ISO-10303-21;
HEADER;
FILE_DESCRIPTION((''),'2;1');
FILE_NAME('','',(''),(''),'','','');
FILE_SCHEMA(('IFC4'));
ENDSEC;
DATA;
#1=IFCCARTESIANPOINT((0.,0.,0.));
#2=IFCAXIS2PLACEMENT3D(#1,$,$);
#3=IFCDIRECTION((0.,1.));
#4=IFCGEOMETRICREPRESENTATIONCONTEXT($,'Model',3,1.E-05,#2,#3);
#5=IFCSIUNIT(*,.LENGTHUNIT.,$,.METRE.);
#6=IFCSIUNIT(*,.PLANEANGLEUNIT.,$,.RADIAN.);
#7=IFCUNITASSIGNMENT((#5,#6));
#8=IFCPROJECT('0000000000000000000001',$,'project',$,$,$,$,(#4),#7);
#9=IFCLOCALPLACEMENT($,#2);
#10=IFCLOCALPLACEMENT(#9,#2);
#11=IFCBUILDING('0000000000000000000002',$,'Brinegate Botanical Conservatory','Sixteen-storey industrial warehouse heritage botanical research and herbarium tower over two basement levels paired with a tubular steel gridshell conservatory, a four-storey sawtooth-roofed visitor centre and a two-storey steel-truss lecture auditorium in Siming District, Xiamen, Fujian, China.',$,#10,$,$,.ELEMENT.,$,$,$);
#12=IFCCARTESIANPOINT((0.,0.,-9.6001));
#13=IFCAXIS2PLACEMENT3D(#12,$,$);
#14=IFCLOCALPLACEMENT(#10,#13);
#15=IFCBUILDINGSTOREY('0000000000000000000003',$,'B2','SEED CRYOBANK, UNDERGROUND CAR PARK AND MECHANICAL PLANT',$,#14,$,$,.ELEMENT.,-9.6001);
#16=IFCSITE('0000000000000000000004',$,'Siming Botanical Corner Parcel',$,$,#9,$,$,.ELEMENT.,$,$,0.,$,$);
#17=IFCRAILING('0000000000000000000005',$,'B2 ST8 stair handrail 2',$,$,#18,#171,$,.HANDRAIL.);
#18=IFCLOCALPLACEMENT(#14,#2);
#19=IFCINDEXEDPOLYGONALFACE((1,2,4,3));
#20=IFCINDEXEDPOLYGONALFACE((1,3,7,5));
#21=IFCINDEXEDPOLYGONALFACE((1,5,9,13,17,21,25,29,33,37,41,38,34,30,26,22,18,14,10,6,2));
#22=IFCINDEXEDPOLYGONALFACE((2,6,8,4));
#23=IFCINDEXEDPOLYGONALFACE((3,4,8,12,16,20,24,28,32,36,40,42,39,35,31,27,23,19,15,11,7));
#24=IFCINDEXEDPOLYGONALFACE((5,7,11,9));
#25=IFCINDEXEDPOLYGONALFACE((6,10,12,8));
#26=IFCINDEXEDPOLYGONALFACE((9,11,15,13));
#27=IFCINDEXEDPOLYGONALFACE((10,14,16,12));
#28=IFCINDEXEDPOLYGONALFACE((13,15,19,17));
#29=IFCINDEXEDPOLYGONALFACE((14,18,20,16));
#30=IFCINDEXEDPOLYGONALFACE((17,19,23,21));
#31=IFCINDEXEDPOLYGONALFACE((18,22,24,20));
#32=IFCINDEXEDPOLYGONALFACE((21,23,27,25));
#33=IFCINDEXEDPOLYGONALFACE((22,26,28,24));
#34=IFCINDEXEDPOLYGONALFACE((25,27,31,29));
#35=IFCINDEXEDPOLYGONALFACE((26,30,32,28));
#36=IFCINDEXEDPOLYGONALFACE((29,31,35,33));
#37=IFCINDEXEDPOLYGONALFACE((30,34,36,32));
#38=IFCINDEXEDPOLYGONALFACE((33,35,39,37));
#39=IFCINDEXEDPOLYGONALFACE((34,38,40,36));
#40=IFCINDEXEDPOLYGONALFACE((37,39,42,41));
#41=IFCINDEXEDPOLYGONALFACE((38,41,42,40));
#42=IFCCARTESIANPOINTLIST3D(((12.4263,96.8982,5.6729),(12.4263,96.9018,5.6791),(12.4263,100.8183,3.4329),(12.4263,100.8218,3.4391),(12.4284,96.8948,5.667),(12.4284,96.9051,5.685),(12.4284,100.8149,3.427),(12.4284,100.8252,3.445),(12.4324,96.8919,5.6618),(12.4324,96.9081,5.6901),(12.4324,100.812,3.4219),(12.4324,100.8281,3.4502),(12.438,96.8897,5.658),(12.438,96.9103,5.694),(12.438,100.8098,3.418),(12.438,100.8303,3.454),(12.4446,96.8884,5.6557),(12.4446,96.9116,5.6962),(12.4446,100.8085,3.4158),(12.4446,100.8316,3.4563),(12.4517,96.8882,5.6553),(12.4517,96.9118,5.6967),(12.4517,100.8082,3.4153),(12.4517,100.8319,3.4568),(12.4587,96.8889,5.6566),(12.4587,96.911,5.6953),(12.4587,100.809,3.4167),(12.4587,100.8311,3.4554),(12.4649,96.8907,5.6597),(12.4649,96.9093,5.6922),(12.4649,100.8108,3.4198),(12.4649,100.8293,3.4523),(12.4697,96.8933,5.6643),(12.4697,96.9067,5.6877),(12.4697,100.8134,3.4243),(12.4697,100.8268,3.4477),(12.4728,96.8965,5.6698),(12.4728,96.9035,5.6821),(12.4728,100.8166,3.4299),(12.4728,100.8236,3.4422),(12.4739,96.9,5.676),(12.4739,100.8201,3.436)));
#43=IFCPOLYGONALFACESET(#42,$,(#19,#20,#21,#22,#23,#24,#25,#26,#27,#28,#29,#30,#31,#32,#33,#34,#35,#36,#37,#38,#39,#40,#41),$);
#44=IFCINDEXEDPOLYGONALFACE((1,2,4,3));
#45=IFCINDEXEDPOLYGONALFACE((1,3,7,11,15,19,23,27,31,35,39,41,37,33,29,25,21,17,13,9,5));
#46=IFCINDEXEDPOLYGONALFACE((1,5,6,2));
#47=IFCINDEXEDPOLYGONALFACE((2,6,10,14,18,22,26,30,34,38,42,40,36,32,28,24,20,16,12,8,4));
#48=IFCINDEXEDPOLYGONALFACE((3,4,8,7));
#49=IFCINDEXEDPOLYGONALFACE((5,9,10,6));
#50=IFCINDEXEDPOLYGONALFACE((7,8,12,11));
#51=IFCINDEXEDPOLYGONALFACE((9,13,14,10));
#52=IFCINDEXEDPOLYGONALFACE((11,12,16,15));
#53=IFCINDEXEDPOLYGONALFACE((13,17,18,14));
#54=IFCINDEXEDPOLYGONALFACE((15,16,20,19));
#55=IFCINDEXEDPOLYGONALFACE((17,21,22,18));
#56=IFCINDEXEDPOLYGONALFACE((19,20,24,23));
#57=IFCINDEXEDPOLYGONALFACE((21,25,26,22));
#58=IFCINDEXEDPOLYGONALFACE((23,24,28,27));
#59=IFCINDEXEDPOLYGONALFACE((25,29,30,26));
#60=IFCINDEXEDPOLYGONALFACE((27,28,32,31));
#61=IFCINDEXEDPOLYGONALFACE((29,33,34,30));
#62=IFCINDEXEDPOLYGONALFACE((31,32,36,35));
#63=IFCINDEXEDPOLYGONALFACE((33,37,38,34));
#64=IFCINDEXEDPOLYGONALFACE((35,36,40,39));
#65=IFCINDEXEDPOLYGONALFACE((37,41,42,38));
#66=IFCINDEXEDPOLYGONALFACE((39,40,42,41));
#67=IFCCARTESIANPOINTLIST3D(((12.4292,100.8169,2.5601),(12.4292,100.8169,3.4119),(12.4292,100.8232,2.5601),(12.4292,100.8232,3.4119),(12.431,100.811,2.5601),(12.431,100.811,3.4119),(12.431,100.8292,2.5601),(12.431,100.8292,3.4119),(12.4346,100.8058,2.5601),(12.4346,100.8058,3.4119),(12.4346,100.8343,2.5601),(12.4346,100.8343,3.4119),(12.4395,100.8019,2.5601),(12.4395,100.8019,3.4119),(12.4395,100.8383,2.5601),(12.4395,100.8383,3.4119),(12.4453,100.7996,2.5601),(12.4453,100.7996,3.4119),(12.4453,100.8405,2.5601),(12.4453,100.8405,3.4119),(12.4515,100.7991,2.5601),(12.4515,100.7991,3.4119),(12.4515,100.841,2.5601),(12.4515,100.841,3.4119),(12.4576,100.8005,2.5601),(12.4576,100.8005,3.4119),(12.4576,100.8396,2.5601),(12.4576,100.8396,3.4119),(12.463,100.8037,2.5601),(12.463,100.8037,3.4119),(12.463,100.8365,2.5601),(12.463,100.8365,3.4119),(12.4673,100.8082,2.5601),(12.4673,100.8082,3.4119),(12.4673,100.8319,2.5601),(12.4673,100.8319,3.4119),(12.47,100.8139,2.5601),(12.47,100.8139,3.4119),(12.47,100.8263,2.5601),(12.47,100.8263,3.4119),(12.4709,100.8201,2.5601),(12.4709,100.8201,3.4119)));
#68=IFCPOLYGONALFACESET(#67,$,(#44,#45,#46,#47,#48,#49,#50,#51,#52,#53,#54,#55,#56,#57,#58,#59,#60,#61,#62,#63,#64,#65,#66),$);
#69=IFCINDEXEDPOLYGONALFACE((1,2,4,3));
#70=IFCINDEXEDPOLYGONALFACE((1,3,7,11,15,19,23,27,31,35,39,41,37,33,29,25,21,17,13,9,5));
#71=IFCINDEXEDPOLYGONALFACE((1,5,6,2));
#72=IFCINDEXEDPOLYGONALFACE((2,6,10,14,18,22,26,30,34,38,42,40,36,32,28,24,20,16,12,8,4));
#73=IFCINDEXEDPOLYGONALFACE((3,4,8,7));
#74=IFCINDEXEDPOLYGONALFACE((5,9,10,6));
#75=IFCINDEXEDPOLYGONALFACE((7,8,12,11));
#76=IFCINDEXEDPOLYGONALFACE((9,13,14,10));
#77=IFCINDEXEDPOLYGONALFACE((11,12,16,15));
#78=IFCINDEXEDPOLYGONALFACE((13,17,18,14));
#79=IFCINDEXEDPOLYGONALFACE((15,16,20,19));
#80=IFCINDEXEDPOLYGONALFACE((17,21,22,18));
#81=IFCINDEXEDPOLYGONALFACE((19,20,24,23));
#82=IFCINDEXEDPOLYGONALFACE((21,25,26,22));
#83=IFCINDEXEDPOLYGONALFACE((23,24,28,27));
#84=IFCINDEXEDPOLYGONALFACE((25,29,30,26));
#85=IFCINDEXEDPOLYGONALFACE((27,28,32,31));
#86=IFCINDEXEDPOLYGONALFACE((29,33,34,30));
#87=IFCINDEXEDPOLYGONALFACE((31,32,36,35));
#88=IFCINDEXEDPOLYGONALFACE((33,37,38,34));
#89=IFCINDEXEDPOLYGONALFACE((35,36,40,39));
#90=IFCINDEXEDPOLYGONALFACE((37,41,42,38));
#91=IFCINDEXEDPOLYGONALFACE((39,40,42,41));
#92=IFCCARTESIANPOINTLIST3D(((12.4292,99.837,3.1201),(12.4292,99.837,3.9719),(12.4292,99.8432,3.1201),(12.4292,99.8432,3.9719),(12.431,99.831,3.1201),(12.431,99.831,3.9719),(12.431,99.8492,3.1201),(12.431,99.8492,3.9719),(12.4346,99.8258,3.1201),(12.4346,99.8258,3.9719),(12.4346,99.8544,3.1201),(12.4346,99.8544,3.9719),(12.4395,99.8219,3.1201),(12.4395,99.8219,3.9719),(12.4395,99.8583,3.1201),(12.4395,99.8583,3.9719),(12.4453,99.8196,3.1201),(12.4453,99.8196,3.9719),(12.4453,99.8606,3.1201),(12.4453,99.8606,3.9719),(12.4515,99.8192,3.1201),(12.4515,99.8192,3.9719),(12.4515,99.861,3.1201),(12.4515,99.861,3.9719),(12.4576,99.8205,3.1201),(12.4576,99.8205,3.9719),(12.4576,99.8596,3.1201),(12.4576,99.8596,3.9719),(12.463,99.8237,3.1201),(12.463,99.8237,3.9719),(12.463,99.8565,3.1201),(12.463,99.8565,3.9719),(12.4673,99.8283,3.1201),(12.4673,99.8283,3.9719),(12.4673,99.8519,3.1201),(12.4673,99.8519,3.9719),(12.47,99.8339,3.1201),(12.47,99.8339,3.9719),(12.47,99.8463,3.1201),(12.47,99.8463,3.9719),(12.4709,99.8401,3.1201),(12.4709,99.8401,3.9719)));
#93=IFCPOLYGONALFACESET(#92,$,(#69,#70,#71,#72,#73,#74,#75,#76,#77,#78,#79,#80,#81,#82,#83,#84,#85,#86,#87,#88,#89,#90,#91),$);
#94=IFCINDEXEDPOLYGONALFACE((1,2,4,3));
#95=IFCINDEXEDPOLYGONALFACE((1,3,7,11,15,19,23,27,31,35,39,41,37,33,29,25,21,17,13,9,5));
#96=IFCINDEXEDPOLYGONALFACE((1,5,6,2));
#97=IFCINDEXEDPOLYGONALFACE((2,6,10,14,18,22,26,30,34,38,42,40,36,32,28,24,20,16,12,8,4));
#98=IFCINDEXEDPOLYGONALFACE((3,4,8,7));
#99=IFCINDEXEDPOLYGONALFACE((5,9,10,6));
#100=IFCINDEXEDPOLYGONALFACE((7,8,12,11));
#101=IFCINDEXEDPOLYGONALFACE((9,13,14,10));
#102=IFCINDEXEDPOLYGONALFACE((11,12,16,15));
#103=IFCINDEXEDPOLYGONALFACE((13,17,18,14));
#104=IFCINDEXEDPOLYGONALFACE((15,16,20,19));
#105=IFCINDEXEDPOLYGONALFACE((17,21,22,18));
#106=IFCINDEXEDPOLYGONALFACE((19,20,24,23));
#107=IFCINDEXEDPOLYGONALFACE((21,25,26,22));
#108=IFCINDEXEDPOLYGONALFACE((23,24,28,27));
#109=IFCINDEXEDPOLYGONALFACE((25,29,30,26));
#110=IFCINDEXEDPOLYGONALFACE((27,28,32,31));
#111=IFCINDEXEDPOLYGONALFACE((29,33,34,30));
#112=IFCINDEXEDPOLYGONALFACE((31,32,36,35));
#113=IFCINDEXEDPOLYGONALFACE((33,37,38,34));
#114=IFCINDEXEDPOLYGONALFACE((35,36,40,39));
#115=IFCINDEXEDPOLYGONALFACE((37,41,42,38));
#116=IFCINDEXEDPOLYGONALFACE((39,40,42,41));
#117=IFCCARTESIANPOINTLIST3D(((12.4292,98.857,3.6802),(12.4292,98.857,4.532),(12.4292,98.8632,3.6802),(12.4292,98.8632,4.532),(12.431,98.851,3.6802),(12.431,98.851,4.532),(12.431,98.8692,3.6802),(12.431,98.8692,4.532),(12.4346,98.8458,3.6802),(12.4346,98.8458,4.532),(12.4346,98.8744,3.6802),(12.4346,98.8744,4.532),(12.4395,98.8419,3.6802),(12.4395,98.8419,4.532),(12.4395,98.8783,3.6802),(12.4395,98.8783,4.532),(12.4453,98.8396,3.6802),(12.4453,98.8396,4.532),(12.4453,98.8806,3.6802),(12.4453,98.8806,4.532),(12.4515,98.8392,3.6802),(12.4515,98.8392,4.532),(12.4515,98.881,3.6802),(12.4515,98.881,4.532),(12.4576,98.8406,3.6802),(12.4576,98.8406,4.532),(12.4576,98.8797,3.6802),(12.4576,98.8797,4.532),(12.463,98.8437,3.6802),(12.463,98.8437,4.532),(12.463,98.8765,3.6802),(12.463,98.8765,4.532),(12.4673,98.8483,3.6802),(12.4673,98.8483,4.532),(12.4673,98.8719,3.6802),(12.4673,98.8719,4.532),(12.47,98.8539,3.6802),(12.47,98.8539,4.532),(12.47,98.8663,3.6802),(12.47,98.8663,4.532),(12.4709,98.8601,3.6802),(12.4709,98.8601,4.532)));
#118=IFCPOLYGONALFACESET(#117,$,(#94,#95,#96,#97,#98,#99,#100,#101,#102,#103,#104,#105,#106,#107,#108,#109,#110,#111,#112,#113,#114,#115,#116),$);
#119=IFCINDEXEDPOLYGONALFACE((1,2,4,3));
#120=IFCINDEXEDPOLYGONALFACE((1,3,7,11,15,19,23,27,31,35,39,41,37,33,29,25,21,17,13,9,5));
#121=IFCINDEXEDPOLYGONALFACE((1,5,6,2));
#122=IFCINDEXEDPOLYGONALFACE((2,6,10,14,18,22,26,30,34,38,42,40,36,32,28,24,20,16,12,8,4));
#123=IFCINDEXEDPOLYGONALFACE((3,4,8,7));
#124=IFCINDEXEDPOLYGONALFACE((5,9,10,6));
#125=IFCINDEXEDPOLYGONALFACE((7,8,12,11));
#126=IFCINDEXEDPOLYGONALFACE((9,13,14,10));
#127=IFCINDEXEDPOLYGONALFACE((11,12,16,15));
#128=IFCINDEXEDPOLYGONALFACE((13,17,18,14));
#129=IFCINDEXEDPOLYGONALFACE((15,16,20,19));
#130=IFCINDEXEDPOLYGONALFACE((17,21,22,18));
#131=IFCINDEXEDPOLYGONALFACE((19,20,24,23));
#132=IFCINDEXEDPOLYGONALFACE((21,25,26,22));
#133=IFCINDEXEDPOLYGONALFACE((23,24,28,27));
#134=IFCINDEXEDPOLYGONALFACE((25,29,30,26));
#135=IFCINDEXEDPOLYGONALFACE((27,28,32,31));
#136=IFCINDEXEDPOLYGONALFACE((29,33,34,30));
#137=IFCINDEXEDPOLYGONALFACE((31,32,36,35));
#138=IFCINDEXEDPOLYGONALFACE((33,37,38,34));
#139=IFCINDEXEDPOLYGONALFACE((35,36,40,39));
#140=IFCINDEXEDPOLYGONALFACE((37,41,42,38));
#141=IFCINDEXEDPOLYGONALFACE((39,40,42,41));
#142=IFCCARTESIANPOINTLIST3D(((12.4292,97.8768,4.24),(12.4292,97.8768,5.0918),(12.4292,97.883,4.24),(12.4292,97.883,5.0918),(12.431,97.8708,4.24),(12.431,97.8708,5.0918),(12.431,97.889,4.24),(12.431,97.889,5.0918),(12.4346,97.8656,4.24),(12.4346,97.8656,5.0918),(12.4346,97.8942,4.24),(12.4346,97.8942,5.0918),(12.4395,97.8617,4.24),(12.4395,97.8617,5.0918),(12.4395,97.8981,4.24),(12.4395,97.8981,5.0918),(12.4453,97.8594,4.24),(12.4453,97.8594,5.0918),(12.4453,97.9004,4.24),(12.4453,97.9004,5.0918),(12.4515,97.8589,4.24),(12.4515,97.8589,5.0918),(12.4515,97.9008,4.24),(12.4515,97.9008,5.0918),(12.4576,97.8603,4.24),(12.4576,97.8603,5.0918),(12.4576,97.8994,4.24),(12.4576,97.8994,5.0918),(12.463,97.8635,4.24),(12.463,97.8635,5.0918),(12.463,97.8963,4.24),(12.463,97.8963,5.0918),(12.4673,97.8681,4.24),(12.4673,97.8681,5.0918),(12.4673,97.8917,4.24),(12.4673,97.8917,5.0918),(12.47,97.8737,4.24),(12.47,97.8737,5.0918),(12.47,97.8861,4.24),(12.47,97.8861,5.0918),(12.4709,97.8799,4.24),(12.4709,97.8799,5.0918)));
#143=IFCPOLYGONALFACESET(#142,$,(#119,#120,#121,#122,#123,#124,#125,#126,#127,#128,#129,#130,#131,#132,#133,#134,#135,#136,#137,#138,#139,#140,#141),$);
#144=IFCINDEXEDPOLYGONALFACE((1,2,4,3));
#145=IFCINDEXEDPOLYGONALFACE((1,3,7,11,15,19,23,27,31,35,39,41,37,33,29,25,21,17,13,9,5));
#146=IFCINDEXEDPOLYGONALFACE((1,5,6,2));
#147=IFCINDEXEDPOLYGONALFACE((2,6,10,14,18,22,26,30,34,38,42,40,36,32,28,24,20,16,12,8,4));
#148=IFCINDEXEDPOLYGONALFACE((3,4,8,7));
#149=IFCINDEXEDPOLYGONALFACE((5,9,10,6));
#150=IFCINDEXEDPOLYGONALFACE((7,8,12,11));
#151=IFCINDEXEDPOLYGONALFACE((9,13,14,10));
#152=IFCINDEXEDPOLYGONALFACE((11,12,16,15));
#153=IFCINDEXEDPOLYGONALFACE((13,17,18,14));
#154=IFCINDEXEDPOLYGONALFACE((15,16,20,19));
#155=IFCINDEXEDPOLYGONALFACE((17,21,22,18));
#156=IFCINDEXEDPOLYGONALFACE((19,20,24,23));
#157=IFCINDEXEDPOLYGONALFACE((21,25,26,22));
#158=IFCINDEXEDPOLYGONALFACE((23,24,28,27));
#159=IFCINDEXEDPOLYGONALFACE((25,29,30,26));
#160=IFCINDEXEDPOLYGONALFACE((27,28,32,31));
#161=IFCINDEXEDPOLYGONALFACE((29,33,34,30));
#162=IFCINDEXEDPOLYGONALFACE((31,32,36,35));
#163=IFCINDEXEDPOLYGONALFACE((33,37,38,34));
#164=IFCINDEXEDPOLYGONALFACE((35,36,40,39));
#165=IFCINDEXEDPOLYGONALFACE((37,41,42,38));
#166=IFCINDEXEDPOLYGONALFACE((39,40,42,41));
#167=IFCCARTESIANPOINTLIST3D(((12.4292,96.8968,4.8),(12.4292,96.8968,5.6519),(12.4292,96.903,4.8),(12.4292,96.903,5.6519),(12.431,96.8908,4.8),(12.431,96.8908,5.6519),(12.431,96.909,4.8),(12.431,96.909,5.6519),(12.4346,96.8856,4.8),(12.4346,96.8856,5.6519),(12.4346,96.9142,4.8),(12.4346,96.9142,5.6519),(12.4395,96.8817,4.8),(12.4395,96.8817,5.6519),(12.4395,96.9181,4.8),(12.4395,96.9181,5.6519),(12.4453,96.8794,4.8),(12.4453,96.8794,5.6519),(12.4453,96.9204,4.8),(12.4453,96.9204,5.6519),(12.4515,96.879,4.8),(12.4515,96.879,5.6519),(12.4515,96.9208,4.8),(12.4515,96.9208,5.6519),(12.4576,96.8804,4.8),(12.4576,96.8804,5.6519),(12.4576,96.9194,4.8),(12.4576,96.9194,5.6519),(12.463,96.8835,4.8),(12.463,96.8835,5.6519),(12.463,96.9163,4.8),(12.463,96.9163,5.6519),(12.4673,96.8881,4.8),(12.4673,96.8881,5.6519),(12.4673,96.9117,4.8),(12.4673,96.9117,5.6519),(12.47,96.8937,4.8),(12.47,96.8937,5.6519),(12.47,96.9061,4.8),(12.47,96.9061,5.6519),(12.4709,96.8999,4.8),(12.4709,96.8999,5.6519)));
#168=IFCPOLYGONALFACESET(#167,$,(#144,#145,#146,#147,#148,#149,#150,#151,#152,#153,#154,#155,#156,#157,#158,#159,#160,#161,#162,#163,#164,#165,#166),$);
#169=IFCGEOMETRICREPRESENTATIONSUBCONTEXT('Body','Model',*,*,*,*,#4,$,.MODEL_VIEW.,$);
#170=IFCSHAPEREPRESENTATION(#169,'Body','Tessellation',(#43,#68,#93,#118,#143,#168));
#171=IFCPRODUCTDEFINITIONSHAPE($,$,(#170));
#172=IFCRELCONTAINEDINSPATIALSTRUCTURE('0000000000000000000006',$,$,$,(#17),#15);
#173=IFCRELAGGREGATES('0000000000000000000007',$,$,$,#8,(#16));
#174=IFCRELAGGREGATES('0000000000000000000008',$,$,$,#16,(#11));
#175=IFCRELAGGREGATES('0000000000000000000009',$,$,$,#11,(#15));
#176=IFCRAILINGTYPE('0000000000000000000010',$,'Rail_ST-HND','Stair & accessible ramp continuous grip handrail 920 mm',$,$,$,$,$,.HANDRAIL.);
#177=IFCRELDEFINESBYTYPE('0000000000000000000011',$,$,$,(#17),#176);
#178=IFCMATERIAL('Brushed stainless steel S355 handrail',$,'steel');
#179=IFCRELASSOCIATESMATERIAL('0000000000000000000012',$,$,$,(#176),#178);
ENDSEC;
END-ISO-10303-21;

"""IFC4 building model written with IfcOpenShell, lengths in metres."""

from ifc_helpers import new_model, si_unit, direction, frame, origin, origin_2d, place, context, subcontext, project, spatial, circle, extrude, material, type_object, element, save


model = new_model("IFC4")

# Units and contexts
model_context = context("Model", 3, precision=1e-05, world=origin(), true_north=direction((0.0, 1.0)))
body_context = subcontext(model_context, "Body", "Model", "MODEL_VIEW")
ifc_project = project(units=[si_unit("LENGTHUNIT", "METRE"), si_unit("PLANEANGLEUNIT", "RADIAN")], contexts=[model_context])

# Site, building, storey
site_placement = place(None, origin())
site = spatial("IfcSite", under=ifc_project, at=site_placement, Name="Siming Botanical Corner Parcel", CompositionType="ELEMENT", RefElevation=0.0)
building_placement = place(site_placement, origin())
building = spatial("IfcBuilding", under=site, at=building_placement, Name="Brinegate Botanical Conservatory", Description="Sixteen-storey industrial warehouse heritage botanical research and herbarium tower over two basement levels paired with a tubular steel gridshell conservatory, a four-storey sawtooth-roofed visitor centre and a two-storey steel-truss lecture auditorium in Siming District, Xiamen, Fujian, China.", CompositionType="ELEMENT")
storey_placement = place(building_placement, frame((0.0, 0.0, -9.6001)))
storey = spatial("IfcBuildingStorey", under=building, at=storey_placement, Name="B2", Description="SEED CRYOBANK, UNDERGROUND CAR PARK AND MECHANICAL PLANT", CompositionType="ELEMENT", Elevation=-9.6001)

# Railing
ifc_material_1 = material(Name="Brushed stainless steel S355 handrail", Category="steel")
railing_type_1 = type_object("IfcRailingType", Name="Rail_ST-HND", Description="Stair & accessible ramp continuous grip handrail 920 mm", PredefinedType="HANDRAIL", material=ifc_material_1)
railing_1_placement = place(storey_placement, frame((12.45, 100.8201, 2.5601)))
element("IfcRailing", 1, at=railing_1_placement, inside=storey, type_object=railing_type_1, Name="B2 ST8 stair handrail 2", PredefinedType="HANDRAIL", context=body_context, shape_type="SweptSolid", body=[
    extrude(circle(Radius=0.0239, at=origin_2d()), frame((0.0, 0.0, 0.876), z_axis=(0.0, -0.868253, 0.496121), x_axis=(1.0, 0.0, 0.0)), (0.0, 0.0, 1.0), 4.5149),
    extrude(circle(Radius=0.021, at=origin_2d()), origin(), (0.0, 0.0, 1.0), 0.8518),
    extrude(circle(Radius=0.021, at=origin_2d()), frame((0.0, -0.98, 0.5601)), (0.0, 0.0, 1.0), 0.8518),
    extrude(circle(Radius=0.021, at=origin_2d()), frame((0.0, -1.96, 1.1201)), (0.0, 0.0, 1.0), 0.8518),
    extrude(circle(Radius=0.021, at=origin_2d()), frame((0.0, -2.9402, 1.6799)), (0.0, 0.0, 1.0), 0.8518),
    extrude(circle(Radius=0.021, at=origin_2d()), frame((0.0, -3.9202, 2.24)), (0.0, 0.0, 1.0), 0.8518),
])

save(model, "model.ifc")
